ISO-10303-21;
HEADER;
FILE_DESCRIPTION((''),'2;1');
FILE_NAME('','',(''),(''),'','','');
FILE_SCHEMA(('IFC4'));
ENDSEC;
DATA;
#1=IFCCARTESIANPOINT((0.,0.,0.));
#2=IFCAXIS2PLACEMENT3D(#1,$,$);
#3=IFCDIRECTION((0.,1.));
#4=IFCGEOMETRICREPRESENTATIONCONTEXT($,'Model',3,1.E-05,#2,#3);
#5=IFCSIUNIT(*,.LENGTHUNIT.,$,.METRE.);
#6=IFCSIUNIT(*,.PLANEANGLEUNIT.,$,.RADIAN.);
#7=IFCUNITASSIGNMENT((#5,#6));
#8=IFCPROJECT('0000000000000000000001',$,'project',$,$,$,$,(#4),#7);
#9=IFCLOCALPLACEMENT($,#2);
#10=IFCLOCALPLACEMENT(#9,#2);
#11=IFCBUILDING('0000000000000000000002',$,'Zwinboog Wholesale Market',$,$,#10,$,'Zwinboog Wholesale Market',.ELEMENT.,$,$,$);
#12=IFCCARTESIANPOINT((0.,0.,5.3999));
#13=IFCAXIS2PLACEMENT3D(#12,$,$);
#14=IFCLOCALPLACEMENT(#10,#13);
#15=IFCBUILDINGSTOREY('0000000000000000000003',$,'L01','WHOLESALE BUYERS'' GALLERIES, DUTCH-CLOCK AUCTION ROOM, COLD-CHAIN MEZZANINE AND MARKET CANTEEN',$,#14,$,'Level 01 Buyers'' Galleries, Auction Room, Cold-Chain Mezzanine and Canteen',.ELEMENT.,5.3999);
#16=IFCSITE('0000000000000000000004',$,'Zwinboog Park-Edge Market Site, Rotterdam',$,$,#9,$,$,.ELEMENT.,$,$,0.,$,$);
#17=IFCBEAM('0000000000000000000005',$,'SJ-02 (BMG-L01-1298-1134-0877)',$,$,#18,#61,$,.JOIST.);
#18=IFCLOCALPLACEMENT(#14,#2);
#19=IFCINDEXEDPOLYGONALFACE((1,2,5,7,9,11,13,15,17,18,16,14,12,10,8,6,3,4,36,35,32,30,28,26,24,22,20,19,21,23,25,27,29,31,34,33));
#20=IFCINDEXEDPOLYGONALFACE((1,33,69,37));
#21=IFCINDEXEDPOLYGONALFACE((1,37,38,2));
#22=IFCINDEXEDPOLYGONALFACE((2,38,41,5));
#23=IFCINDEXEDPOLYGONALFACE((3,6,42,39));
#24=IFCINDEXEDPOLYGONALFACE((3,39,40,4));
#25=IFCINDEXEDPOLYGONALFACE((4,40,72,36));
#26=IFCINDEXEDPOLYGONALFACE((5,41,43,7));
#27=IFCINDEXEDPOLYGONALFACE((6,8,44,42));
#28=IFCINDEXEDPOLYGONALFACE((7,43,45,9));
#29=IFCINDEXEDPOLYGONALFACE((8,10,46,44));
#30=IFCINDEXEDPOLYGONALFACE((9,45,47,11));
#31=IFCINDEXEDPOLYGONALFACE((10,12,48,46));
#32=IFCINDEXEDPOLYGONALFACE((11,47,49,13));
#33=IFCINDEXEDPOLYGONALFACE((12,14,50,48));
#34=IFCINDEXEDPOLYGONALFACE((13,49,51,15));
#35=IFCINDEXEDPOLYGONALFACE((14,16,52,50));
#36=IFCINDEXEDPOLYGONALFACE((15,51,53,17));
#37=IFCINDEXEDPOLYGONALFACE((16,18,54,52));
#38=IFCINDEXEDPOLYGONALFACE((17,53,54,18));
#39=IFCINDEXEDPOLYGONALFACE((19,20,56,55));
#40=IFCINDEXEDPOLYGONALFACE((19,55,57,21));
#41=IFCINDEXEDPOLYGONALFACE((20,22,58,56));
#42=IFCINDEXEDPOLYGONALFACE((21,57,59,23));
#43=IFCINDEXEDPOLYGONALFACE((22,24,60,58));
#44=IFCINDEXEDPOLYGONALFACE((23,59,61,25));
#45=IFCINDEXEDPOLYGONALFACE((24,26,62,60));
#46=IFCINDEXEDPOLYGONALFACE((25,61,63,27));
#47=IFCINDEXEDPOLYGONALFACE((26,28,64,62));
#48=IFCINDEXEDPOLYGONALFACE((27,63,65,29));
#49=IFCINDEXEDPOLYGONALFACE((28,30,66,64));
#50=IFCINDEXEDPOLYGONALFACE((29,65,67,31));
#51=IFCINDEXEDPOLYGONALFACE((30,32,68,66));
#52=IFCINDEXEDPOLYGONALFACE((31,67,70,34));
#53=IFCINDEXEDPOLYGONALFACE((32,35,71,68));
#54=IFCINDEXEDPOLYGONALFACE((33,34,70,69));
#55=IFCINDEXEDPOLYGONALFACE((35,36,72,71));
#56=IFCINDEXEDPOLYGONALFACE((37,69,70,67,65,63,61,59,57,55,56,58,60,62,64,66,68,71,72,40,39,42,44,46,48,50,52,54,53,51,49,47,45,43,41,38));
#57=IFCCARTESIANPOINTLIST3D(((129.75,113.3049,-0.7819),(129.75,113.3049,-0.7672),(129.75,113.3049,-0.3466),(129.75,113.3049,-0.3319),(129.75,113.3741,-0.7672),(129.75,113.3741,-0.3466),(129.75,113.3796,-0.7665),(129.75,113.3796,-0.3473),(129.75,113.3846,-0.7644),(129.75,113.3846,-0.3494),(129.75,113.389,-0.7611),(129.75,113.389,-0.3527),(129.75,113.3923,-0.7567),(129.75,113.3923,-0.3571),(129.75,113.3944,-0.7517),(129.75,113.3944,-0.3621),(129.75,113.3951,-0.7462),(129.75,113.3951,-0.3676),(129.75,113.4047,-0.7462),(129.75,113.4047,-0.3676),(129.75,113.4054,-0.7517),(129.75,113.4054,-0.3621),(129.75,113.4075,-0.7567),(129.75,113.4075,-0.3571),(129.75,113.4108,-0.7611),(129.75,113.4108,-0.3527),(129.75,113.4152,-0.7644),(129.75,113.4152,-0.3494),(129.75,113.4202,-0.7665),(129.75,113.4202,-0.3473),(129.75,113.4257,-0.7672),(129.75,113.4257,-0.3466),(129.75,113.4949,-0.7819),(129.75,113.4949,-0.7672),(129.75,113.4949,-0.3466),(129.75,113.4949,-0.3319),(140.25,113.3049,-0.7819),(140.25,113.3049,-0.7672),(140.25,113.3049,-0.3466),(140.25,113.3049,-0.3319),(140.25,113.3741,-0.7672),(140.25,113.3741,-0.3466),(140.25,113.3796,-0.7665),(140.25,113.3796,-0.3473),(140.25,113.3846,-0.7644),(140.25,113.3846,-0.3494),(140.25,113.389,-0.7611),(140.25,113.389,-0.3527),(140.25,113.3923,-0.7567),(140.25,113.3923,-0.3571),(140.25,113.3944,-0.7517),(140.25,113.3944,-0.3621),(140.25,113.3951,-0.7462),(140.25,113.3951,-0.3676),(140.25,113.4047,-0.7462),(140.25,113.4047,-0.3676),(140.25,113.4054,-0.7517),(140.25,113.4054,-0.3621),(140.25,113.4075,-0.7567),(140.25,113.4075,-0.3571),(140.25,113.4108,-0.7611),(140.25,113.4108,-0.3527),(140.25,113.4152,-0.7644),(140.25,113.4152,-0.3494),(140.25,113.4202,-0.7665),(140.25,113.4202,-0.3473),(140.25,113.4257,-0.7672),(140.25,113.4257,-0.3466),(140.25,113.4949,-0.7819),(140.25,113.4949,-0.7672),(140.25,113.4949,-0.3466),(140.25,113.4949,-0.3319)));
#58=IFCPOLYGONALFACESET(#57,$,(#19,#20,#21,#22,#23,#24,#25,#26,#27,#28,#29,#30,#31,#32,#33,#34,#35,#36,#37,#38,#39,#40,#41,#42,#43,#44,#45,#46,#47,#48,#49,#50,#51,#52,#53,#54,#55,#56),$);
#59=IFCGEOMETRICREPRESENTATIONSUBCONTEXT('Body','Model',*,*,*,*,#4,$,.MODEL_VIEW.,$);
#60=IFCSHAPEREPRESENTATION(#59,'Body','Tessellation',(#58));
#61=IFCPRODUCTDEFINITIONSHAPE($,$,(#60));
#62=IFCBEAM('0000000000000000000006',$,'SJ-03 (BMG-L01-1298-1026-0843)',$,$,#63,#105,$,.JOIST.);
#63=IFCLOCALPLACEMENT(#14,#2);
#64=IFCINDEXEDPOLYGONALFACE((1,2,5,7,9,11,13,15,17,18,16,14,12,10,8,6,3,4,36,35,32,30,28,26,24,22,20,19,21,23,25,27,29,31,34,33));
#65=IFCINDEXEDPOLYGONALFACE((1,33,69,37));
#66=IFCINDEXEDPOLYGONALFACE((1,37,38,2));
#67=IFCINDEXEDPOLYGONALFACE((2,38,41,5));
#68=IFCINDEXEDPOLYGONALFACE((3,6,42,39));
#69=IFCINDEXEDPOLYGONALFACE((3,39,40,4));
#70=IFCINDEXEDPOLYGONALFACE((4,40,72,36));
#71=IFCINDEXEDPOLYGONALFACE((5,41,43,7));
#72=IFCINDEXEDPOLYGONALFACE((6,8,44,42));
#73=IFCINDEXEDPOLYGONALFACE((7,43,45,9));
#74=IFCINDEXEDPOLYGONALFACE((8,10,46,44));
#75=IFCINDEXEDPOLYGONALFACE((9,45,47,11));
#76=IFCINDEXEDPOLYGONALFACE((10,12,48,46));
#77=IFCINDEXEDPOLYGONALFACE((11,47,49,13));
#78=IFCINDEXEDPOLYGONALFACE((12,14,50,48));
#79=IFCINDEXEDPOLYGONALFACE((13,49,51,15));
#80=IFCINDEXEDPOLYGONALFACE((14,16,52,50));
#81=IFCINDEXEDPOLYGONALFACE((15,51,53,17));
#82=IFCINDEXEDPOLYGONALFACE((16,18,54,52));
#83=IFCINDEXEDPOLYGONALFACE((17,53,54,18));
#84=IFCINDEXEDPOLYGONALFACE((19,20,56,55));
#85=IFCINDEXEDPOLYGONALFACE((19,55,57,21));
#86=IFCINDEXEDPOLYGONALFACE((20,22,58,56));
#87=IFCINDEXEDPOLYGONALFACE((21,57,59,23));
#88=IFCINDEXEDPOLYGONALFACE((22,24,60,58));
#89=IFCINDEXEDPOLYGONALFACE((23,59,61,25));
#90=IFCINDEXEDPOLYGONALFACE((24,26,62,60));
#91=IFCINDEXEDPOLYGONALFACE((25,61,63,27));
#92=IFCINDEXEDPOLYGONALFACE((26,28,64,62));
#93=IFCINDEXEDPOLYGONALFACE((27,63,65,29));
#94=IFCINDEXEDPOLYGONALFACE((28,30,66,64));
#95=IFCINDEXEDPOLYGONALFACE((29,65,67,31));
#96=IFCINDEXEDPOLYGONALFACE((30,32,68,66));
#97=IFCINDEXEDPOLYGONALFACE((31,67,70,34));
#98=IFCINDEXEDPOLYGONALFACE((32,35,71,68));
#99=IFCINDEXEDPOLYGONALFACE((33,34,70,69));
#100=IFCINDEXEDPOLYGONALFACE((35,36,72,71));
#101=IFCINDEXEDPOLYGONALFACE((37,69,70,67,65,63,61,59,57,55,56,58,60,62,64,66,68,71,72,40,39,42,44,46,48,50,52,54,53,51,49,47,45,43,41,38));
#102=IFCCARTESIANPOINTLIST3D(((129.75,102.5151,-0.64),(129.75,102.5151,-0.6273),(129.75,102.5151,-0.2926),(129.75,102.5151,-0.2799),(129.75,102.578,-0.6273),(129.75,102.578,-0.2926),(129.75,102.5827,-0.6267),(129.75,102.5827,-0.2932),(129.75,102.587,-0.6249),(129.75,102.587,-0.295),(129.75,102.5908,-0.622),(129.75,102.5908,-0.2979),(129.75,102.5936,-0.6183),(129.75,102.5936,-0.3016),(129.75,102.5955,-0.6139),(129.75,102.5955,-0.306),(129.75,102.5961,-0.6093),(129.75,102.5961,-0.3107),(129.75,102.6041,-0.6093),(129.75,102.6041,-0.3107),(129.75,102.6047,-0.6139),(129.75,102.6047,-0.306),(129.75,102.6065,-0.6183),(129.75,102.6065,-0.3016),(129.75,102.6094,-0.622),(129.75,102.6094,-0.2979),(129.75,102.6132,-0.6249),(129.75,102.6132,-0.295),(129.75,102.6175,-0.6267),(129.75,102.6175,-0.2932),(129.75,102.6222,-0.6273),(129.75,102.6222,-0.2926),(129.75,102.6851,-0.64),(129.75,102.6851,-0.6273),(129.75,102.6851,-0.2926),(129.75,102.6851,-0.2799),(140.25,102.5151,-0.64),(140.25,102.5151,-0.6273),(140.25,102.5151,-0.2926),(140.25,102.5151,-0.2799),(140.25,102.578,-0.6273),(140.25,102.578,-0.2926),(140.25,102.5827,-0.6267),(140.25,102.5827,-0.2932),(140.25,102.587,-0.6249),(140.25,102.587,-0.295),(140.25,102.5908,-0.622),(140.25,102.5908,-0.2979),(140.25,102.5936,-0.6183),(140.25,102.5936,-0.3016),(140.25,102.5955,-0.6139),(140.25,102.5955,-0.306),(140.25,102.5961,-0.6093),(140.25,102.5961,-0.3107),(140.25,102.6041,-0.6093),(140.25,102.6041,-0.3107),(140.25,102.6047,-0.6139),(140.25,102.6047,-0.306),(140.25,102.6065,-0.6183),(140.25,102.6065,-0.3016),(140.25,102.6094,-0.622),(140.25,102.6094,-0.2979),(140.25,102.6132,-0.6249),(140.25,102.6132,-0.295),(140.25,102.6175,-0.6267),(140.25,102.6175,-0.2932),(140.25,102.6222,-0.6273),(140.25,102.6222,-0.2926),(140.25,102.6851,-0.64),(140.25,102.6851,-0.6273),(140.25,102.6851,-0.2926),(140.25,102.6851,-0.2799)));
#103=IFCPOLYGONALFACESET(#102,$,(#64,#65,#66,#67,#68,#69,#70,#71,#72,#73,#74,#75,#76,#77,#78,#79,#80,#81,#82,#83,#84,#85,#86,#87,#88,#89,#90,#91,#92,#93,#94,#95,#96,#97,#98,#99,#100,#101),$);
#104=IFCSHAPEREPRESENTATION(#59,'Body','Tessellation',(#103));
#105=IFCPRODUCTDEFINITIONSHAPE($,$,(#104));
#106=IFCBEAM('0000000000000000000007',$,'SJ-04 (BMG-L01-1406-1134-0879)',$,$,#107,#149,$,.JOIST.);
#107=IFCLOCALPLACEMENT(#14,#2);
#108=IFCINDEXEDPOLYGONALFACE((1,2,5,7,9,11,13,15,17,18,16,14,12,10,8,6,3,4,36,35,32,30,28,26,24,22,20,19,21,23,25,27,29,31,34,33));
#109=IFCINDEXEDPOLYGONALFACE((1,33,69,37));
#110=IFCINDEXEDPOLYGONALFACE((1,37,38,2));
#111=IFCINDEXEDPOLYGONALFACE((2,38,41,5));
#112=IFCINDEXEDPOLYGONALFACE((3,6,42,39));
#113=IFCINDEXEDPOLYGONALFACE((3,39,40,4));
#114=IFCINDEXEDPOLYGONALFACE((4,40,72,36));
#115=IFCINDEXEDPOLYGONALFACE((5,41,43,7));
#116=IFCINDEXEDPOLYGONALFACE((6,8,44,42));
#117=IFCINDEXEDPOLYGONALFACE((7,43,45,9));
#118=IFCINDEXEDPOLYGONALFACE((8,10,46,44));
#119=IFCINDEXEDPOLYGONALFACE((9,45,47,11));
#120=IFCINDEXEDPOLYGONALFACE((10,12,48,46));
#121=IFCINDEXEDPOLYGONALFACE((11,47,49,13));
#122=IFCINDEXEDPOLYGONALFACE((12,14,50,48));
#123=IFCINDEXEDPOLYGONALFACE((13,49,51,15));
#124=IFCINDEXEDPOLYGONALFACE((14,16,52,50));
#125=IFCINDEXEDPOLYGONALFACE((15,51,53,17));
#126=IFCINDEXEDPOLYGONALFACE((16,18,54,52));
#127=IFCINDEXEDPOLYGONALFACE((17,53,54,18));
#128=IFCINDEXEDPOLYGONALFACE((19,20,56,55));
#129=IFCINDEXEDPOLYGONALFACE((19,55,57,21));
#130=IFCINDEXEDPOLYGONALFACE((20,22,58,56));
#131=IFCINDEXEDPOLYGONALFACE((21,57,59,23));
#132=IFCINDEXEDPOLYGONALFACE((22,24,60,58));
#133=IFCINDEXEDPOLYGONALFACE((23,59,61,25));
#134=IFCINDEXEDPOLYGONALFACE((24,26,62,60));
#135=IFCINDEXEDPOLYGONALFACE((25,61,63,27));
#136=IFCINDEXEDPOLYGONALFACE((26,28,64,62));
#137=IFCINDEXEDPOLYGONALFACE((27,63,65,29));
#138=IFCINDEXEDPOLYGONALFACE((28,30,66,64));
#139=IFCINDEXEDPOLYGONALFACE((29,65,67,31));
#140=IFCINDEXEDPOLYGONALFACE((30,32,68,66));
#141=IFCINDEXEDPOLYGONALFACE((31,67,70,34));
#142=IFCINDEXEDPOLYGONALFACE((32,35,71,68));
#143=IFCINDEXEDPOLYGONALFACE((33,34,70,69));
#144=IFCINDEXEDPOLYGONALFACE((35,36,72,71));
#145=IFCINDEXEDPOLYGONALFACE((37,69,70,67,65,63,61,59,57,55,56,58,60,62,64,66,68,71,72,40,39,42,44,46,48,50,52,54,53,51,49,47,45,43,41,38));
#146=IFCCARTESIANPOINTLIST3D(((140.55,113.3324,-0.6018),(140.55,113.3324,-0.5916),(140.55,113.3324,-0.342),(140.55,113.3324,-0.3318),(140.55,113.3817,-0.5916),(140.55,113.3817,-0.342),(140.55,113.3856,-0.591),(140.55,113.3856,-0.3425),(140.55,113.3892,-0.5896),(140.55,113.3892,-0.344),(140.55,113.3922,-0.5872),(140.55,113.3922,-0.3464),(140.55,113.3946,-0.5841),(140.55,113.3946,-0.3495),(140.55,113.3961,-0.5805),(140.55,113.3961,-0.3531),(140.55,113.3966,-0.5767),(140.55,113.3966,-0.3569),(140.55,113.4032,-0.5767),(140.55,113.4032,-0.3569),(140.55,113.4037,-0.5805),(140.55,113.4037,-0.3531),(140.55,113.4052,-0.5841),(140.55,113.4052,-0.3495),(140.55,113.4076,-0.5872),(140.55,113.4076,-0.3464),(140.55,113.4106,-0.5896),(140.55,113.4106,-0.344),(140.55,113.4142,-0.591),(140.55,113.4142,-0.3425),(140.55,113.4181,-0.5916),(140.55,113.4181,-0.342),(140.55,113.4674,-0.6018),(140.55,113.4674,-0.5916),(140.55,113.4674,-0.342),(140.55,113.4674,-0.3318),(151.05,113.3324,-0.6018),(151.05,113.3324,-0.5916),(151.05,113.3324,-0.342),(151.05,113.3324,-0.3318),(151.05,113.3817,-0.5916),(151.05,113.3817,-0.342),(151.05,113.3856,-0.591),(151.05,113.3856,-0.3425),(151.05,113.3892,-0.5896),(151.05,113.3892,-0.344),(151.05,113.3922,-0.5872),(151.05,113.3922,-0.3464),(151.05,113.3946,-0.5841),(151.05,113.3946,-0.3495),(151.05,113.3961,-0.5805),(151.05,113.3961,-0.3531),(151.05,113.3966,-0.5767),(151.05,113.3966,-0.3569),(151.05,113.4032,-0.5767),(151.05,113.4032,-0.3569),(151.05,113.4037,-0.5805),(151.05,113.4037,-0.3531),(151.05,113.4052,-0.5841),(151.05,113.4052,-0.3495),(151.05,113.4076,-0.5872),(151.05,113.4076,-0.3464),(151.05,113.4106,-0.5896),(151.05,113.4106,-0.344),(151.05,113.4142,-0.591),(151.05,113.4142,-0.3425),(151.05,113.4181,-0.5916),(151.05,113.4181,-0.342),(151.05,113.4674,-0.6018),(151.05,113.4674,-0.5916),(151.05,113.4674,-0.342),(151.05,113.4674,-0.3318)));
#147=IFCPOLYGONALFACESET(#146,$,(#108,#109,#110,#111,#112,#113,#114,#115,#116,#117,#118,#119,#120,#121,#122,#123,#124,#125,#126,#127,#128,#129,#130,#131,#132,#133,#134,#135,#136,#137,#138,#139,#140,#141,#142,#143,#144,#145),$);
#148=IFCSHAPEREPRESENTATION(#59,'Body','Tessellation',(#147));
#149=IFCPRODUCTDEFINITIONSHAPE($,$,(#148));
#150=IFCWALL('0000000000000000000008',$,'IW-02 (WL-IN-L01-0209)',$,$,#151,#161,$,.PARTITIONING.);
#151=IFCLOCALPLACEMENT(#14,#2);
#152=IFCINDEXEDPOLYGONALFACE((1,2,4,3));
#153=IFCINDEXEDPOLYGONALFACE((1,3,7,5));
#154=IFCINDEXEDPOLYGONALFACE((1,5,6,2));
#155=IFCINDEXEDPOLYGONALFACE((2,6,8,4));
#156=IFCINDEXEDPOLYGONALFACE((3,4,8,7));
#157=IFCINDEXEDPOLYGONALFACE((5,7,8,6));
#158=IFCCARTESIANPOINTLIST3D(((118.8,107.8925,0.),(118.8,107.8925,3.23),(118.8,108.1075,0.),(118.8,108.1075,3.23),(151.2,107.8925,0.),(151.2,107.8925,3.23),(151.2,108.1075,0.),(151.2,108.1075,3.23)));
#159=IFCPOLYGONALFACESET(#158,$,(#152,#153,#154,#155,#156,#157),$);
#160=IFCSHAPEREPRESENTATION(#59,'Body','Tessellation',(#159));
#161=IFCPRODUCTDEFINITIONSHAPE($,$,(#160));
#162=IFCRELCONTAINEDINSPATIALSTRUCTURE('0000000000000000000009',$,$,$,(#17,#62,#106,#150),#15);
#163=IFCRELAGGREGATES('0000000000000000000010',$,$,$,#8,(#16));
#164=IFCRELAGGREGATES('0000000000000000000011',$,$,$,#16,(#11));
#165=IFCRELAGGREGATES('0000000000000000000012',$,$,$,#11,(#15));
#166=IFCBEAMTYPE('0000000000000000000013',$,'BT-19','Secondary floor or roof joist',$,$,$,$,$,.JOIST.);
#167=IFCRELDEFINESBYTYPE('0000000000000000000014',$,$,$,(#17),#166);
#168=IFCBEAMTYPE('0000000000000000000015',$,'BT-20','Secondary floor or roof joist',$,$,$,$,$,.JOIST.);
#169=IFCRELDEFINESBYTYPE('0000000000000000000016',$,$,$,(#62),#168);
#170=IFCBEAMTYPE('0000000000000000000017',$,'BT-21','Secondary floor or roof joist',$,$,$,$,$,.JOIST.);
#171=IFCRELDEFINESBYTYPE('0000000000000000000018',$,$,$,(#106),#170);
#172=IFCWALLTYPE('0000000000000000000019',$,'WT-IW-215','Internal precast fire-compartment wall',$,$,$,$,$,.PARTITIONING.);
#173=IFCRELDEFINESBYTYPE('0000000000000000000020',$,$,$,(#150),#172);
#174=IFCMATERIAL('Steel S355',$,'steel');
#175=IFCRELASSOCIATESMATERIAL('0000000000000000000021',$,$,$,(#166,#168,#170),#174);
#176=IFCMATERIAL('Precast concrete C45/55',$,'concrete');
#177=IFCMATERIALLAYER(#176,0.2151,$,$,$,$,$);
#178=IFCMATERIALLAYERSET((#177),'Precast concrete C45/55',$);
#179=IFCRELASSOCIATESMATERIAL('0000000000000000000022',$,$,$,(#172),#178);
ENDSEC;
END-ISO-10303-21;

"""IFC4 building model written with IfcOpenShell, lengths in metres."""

from ifc_helpers import new_model, si_unit, direction, frame, frame_2d, origin, origin_2d, place, context, subcontext, project, spatial, rectangle, i_section, extrude, material, layer, layer_set, material_profile, profile_set, type_object, element, save


model = new_model("IFC4")

# Units and contexts
model_context = context("Model", 3, precision=1e-05, world=origin(), true_north=direction((0.0, 1.0)))
body_context = subcontext(model_context, "Body", "Model", "MODEL_VIEW")
ifc_project = project(units=[si_unit("LENGTHUNIT", "METRE"), si_unit("PLANEANGLEUNIT", "RADIAN")], contexts=[model_context])

# Site, building, storey
site_placement = place(None, origin())
site = spatial("IfcSite", under=ifc_project, at=site_placement, Name="Zwinboog Park-Edge Market Site, Rotterdam", CompositionType="ELEMENT", RefElevation=0.0)
building_placement = place(site_placement, origin())
building = spatial("IfcBuilding", under=site, at=building_placement, Name="Zwinboog Wholesale Market", LongName="Zwinboog Wholesale Market", CompositionType="ELEMENT")
storey_placement = place(building_placement, frame((0.0, 0.0, 5.3999)))
storey = spatial("IfcBuildingStorey", under=building, at=storey_placement, Name="L01", Description="WHOLESALE BUYERS' GALLERIES, DUTCH-CLOCK AUCTION ROOM, COLD-CHAIN MEZZANINE AND MARKET CANTEEN", LongName="Level 01 Buyers' Galleries, Auction Room, Cold-Chain Mezzanine and Canteen", CompositionType="ELEMENT", Elevation=5.3999)

# Shared definitions
ifc_material_1 = material(Name="Precast concrete C45/55", Category="concrete")

# Beams
ifc_material_2 = material(Name="Steel S355", Category="steel")
ifc_material_profile_1 = material_profile(ifc_material_2, i_section(OverallWidth=0.1899, OverallDepth=0.45, WebThickness=0.0095, FlangeThickness=0.0146, FilletRadius=0.021, at=origin_2d()), Name="IPE 450")
ifc_profile_set_1 = profile_set([ifc_material_profile_1], Name="Steel S355")
beam_type_1 = type_object("IfcBeamType", Name="BT-19", Description="Secondary floor or roof joist", PredefinedType="JOIST", material=ifc_profile_set_1)
beam_1_placement = place(storey_placement, frame((129.75, 113.3999, -0.5569), z_axis=(1.0, 0.0, 0.0), x_axis=(0.0, 1.0, 0.0)))
element("IfcBeam", 1, at=beam_1_placement, inside=storey, type_object=beam_type_1, Name="SJ-02 (BMG-L01-1298-1134-0877)", PredefinedType="JOIST", context=body_context, shape_type="SweptSolid", body=[
    extrude(i_section(OverallWidth=0.1899, OverallDepth=0.45, WebThickness=0.0095, FlangeThickness=0.0146, FilletRadius=0.021, at=origin_2d()), origin(), (0.0, 0.0, 1.0), 10.5),
])
ifc_material_profile_2 = material_profile(ifc_material_2, i_section(OverallWidth=0.1699, OverallDepth=0.3601, WebThickness=0.0081, FlangeThickness=0.0127, FilletRadius=0.0181, at=origin_2d()), Name="IPE 360")
ifc_profile_set_2 = profile_set([ifc_material_profile_2], Name="Steel S355")
beam_type_2 = type_object("IfcBeamType", Name="BT-20", Description="Secondary floor or roof joist", PredefinedType="JOIST", material=ifc_profile_set_2)
beam_2_placement = place(storey_placement, frame((129.75, 102.6001, -0.46), z_axis=(1.0, 0.0, 0.0), x_axis=(0.0, 1.0, 0.0)))
element("IfcBeam", 2, at=beam_2_placement, inside=storey, type_object=beam_type_2, Name="SJ-03 (BMG-L01-1298-1026-0843)", PredefinedType="JOIST", context=body_context, shape_type="SweptSolid", body=[
    extrude(i_section(OverallWidth=0.1699, OverallDepth=0.3601, WebThickness=0.0081, FlangeThickness=0.0127, FilletRadius=0.0181, at=origin_2d()), origin(), (0.0, 0.0, 1.0), 10.5),
])
ifc_material_profile_3 = material_profile(ifc_material_2, i_section(OverallWidth=0.135, OverallDepth=0.27, WebThickness=0.0066, FlangeThickness=0.0103, FilletRadius=0.0149, at=origin_2d()), Name="IPE 270")
ifc_profile_set_3 = profile_set([ifc_material_profile_3], Name="Steel S355")
beam_type_3 = type_object("IfcBeamType", Name="BT-21", Description="Secondary floor or roof joist", PredefinedType="JOIST", material=ifc_profile_set_3)
beam_3_placement = place(storey_placement, frame((140.55, 113.3999, -0.4668), z_axis=(1.0, 0.0, 0.0), x_axis=(0.0, 1.0, 0.0)))
element("IfcBeam", 3, at=beam_3_placement, inside=storey, type_object=beam_type_3, Name="SJ-04 (BMG-L01-1406-1134-0879)", PredefinedType="JOIST", context=body_context, shape_type="SweptSolid", body=[
    extrude(i_section(OverallWidth=0.135, OverallDepth=0.27, WebThickness=0.0066, FlangeThickness=0.0103, FilletRadius=0.0149, at=origin_2d()), origin(), (0.0, 0.0, 1.0), 10.5),
])

# Wall
ifc_layer_1 = layer(ifc_material_1, 0.2151)
ifc_layer_set_1 = layer_set([ifc_layer_1], Name="Precast concrete C45/55")
wall_type_1 = type_object("IfcWallType", Name="WT-IW-215", Description="Internal precast fire-compartment wall", PredefinedType="PARTITIONING", material=ifc_layer_set_1)
wall_1_placement = place(storey_placement, frame((118.8, 108.0, 0.0), z_axis=(0.0, 0.0, 1.0), x_axis=(1.0, 0.0, 0.0)))
element("IfcWall", 4, at=wall_1_placement, inside=storey, type_object=wall_type_1, Name="IW-02 (WL-IN-L01-0209)", PredefinedType="PARTITIONING", context=body_context, shape_type="SweptSolid", body=[
    extrude(rectangle(XDim=32.3999, YDim=0.2151, at=frame_2d((16.2, 0.0))), origin(), (0.0, 0.0, 1.0), 3.23),
])

save(model, "model.ifc")
